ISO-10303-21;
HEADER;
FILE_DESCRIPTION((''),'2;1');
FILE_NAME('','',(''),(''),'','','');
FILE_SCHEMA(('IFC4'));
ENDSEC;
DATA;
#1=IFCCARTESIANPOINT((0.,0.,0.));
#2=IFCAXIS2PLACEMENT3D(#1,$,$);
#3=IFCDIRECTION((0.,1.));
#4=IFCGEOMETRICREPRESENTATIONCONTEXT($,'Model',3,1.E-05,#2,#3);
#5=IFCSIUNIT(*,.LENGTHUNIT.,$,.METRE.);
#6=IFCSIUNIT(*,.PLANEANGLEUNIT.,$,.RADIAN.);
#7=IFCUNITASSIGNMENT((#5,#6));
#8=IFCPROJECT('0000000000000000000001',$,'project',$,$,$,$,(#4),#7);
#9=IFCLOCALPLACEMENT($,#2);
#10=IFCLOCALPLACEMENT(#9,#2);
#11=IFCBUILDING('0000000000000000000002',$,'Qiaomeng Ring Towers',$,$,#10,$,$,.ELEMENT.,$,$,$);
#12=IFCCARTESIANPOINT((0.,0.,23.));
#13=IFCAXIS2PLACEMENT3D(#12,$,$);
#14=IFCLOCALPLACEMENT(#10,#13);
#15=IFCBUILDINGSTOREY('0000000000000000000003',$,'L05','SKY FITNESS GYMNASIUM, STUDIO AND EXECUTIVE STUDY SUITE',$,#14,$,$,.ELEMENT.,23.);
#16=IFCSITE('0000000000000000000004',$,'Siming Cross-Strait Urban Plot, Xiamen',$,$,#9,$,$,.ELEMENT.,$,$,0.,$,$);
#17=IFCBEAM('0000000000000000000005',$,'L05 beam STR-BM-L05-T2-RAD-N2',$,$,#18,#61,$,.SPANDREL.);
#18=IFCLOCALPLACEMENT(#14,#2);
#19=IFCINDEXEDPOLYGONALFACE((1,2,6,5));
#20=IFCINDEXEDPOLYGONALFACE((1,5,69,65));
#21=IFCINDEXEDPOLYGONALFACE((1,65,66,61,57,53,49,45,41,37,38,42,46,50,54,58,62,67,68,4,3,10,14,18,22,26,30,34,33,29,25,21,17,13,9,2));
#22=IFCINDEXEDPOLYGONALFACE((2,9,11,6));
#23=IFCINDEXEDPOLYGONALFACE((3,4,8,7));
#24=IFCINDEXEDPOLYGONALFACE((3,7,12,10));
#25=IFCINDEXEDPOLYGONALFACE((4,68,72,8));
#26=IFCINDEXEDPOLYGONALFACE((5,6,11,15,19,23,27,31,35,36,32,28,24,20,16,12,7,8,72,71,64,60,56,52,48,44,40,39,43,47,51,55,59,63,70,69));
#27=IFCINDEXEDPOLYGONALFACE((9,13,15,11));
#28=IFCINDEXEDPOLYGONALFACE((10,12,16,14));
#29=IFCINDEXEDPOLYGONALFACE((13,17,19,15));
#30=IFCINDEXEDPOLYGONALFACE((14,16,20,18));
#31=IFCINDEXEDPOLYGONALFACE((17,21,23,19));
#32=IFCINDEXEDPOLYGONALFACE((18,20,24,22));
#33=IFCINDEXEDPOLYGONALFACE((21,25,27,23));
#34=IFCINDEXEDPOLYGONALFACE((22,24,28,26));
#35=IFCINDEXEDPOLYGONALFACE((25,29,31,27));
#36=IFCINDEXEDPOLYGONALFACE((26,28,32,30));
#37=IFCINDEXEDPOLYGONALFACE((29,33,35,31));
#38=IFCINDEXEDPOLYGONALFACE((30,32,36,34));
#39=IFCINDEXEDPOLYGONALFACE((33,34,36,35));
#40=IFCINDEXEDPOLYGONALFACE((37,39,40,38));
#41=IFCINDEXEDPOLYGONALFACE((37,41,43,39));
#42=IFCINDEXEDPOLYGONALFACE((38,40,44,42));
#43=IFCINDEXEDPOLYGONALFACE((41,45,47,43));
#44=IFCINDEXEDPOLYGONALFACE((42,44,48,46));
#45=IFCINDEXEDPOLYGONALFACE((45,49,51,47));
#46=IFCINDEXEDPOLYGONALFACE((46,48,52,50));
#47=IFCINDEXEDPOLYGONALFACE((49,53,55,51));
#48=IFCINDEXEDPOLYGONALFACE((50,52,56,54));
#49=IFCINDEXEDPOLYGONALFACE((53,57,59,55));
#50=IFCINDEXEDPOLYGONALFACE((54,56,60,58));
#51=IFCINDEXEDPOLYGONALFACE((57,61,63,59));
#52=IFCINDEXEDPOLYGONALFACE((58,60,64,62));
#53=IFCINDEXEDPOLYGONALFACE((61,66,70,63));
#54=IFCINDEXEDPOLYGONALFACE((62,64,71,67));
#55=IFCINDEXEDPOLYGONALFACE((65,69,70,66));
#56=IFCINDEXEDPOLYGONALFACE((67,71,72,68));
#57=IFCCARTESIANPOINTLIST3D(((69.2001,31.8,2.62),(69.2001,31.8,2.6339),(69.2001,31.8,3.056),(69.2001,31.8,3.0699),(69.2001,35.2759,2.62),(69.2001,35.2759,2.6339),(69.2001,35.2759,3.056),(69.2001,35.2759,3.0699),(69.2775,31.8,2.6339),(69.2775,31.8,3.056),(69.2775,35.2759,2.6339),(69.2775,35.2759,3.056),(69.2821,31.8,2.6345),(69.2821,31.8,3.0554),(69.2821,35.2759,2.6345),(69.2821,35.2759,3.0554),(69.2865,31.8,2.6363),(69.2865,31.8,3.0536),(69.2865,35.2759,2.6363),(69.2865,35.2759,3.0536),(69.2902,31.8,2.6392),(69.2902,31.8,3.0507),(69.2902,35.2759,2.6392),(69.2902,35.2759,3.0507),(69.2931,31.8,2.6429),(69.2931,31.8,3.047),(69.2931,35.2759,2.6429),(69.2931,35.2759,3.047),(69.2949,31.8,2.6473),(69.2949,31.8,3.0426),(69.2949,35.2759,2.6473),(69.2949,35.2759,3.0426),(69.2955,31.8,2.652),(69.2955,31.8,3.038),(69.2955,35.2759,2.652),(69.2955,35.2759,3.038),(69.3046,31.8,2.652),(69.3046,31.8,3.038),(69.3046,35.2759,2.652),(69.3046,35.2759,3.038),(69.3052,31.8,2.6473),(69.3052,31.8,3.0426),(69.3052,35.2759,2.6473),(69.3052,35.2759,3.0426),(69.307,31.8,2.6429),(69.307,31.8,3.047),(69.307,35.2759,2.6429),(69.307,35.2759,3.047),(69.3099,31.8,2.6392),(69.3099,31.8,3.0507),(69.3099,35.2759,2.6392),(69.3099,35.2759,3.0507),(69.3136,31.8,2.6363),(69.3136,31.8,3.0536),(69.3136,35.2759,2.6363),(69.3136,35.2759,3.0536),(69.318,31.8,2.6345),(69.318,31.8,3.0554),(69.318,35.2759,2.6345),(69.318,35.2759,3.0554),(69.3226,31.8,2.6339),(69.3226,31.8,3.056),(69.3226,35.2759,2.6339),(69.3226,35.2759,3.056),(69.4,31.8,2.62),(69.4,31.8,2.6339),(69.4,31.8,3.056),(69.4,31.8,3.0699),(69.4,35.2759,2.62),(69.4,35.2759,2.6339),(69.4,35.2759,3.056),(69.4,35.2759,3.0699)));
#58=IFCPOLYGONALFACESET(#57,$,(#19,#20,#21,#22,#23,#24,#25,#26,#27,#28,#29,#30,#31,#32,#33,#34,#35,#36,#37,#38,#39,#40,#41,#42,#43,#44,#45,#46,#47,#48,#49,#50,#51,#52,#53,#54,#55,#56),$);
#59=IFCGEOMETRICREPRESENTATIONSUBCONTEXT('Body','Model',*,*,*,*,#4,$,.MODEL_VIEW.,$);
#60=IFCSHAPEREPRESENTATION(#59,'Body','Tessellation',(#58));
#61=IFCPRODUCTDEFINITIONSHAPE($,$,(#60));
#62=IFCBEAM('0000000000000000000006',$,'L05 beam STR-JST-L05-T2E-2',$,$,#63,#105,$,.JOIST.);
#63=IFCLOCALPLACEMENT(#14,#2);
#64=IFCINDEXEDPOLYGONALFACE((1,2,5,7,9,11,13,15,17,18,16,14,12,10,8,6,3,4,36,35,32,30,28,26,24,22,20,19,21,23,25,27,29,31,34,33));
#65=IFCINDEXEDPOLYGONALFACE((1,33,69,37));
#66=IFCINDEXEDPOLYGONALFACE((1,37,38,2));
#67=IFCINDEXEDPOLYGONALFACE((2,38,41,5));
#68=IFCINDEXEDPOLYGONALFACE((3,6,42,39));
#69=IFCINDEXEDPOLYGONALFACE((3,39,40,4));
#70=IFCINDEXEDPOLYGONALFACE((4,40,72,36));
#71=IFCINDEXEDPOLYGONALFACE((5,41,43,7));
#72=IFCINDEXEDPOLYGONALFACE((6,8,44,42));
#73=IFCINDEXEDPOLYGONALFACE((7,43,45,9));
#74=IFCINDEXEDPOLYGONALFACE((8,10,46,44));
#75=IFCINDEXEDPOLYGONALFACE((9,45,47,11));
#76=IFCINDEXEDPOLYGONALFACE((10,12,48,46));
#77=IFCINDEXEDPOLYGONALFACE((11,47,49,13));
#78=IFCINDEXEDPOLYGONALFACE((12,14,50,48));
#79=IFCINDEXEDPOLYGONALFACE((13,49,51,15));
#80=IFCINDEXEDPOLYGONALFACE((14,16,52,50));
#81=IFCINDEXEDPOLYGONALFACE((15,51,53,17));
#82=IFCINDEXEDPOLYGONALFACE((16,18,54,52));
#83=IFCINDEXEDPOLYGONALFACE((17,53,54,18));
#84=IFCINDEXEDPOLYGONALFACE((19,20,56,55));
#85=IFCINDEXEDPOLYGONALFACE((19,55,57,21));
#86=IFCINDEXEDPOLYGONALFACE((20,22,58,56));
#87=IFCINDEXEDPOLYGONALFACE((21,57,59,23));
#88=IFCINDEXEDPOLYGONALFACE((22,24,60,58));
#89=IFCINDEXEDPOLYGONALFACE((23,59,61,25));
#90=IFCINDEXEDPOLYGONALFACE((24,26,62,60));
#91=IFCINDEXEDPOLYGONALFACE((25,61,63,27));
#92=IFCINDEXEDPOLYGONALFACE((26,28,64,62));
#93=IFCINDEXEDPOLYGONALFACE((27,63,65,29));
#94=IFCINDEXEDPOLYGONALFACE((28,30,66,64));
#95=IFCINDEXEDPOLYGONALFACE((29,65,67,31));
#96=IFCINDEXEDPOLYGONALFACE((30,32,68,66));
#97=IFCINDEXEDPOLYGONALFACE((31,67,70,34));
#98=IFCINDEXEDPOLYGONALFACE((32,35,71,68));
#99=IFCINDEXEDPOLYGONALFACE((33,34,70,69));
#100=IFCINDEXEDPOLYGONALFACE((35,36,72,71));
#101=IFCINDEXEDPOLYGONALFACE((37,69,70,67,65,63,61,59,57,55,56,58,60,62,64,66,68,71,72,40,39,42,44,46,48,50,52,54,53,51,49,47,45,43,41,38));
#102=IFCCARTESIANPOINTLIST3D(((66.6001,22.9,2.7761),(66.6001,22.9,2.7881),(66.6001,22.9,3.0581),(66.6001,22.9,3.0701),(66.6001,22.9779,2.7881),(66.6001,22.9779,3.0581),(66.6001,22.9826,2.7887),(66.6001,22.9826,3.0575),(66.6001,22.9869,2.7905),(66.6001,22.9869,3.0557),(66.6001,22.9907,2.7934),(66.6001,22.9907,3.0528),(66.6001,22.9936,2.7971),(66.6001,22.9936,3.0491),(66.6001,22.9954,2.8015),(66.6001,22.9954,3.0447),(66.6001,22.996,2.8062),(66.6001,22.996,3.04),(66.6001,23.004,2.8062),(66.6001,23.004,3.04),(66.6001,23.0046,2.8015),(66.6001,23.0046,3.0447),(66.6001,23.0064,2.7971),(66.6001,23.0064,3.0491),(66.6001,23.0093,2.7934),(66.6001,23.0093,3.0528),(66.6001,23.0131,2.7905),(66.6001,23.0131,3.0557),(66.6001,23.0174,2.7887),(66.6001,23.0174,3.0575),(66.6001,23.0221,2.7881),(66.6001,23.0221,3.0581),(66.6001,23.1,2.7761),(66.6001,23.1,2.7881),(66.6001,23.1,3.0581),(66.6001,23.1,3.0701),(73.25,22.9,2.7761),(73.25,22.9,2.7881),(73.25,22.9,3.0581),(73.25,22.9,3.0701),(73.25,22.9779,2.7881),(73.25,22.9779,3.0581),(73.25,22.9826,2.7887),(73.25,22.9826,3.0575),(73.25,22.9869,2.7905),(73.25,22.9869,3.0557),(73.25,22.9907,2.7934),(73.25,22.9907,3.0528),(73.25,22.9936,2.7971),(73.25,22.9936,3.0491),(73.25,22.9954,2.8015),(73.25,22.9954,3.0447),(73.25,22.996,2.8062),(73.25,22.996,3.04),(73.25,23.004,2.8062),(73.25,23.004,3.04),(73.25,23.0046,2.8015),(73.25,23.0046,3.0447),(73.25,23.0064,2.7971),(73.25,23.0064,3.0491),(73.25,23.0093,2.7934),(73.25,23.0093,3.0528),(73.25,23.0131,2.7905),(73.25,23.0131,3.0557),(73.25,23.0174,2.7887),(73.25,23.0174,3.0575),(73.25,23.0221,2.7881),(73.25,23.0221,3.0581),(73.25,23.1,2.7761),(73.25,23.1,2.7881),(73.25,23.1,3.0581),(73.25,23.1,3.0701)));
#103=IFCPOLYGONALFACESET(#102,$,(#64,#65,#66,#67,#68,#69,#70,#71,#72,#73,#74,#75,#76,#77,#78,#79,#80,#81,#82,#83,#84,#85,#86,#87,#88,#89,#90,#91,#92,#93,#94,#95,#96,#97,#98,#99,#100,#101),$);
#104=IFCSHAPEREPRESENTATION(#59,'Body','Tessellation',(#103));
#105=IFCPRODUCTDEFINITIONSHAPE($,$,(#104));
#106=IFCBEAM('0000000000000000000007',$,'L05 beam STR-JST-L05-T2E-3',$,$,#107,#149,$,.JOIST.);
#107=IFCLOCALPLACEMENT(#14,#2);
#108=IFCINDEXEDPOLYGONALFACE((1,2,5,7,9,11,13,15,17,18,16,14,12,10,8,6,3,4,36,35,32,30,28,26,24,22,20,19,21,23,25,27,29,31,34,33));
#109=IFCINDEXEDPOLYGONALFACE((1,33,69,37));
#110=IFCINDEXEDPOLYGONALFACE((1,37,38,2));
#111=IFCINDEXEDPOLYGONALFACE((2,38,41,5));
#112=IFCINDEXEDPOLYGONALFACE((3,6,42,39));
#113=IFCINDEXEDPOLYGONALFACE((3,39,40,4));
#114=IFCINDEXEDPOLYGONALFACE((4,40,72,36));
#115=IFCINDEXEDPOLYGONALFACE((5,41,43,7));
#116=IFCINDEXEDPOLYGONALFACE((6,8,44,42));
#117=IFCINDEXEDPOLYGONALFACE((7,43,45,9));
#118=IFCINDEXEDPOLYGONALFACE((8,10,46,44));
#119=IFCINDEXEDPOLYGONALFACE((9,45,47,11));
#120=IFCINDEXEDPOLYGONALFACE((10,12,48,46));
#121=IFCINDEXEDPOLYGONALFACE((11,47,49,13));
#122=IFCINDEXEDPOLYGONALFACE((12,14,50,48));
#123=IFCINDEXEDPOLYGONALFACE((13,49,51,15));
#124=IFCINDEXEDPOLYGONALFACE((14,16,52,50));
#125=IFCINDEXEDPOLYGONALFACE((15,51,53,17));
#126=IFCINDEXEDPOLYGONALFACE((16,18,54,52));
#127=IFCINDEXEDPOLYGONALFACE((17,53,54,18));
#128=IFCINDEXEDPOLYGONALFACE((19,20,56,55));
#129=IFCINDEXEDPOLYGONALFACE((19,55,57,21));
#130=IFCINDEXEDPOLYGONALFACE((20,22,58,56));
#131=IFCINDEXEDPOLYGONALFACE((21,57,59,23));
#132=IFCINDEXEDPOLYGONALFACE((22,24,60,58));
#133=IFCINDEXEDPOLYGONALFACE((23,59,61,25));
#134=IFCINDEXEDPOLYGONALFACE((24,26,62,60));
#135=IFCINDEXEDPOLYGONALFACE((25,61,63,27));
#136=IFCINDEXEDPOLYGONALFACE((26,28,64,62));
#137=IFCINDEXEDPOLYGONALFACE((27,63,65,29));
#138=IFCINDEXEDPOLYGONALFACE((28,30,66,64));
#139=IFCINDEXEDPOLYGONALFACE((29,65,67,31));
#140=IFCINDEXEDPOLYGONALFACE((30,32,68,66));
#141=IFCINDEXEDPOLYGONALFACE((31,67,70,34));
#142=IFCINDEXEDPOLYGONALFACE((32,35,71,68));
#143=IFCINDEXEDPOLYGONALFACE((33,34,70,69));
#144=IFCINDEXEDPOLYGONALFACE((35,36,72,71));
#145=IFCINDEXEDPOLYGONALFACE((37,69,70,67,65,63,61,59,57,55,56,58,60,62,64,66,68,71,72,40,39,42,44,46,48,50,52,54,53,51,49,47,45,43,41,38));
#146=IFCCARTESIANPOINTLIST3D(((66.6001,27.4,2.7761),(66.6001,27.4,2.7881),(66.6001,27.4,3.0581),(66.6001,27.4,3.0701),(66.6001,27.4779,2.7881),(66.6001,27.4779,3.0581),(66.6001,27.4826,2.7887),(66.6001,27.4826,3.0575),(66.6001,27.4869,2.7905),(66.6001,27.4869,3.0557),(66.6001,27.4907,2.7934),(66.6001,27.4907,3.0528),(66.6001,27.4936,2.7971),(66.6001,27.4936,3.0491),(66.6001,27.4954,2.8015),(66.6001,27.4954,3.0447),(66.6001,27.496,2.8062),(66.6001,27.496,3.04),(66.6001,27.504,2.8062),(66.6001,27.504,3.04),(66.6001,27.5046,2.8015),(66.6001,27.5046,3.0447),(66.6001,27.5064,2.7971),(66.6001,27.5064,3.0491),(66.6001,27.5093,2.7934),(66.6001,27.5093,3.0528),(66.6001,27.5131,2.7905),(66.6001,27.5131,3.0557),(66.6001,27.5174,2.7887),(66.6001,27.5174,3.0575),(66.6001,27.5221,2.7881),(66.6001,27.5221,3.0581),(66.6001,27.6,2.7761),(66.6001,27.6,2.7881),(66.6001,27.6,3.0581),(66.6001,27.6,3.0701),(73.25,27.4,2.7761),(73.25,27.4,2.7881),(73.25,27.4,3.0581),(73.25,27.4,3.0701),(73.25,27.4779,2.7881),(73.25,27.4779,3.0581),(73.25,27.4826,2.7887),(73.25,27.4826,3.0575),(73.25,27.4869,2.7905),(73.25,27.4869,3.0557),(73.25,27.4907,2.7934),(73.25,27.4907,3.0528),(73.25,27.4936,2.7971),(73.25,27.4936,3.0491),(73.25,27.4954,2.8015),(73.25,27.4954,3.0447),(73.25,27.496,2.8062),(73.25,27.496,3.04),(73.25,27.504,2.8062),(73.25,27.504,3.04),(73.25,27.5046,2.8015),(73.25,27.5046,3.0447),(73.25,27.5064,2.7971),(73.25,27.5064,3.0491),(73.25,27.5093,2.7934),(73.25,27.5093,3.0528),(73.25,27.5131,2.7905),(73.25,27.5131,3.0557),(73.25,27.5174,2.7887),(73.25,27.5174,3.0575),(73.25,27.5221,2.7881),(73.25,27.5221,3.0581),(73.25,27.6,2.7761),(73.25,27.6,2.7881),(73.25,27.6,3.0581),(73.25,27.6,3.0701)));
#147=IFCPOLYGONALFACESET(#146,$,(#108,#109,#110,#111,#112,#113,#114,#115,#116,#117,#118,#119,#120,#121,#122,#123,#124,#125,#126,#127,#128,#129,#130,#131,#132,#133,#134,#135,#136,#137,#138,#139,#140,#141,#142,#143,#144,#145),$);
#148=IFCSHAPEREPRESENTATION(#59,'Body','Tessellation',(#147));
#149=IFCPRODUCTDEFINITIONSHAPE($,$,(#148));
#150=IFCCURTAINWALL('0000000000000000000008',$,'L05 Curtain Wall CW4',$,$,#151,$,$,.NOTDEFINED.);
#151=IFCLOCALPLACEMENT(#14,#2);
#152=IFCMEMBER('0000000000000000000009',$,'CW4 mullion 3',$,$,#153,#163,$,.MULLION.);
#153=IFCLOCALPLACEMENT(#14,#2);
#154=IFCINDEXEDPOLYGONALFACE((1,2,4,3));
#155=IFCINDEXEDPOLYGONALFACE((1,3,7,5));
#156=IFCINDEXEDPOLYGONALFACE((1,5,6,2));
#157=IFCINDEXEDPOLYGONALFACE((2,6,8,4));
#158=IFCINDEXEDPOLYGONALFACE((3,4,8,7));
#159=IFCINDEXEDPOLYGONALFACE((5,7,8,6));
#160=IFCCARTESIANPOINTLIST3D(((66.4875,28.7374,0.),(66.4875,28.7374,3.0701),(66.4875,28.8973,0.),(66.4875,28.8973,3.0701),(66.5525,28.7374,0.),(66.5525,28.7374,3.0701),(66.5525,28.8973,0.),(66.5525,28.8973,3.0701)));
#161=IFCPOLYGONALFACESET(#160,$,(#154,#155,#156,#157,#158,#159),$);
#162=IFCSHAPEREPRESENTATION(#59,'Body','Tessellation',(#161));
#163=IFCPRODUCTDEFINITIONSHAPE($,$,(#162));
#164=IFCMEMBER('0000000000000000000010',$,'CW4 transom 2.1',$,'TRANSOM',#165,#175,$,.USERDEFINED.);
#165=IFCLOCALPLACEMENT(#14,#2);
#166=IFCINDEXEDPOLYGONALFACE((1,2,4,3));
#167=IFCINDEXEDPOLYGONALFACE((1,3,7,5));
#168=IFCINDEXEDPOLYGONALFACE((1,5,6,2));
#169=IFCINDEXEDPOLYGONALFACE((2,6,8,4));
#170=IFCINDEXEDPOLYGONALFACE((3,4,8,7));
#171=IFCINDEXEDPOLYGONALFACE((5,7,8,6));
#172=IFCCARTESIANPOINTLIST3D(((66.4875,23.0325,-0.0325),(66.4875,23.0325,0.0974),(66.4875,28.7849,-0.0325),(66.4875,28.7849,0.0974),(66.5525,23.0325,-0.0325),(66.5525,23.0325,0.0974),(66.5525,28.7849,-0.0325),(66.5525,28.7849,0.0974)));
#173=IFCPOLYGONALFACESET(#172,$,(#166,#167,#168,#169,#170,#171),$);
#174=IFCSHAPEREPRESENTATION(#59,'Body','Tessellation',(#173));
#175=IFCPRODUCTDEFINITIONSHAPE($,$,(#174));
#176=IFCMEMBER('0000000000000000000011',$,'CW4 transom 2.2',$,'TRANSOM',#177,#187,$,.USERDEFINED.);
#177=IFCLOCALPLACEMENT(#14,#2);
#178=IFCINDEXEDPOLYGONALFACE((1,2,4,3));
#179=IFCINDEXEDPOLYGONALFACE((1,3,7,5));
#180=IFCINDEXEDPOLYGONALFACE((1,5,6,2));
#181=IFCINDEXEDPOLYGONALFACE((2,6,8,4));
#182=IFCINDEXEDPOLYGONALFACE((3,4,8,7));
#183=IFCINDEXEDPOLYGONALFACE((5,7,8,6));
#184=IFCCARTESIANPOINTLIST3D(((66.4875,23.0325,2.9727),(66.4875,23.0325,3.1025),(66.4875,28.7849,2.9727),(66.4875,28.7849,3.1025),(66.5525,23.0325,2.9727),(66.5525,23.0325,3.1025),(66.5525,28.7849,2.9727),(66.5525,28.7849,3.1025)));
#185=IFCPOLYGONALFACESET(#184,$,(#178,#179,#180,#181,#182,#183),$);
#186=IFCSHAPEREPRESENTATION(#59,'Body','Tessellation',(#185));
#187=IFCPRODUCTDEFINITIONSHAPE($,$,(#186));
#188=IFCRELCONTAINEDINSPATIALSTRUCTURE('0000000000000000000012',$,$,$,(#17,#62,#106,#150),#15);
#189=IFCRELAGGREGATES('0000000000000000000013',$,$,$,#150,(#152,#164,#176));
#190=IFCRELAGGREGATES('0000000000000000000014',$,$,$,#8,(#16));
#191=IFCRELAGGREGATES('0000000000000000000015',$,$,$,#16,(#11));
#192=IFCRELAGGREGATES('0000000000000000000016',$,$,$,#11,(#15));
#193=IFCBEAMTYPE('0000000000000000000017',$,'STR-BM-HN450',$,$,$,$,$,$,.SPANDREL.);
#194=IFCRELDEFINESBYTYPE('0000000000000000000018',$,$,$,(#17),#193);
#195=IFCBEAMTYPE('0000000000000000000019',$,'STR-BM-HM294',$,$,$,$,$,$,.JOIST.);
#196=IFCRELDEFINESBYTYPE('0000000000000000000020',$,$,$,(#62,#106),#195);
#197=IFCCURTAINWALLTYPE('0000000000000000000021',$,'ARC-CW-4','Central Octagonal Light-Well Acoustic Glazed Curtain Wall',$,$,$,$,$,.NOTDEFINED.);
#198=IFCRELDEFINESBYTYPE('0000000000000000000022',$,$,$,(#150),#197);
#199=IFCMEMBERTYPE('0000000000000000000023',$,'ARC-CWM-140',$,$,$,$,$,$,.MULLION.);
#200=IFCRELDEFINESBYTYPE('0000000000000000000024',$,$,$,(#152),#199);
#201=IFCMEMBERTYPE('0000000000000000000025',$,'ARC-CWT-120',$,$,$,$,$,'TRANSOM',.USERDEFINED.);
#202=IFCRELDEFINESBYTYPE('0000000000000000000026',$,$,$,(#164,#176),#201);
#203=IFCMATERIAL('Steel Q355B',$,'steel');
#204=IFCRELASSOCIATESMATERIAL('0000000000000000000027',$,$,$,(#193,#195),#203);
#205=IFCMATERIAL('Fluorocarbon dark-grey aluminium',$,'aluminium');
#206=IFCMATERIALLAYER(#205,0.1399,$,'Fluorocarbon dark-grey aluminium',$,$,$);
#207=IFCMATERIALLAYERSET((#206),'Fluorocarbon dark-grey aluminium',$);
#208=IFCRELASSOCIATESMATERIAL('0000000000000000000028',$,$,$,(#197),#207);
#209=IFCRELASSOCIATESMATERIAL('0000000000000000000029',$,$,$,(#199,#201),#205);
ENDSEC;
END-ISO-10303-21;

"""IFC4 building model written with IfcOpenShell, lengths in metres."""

from ifc_helpers import new_model, si_unit, direction, frame, origin, origin_2d, place, context, subcontext, project, spatial, rectangle, i_section, extrude, source, transform, mapped, material, layer, layer_set, material_profile, profile_set, type_object, element, aggregate, save


model = new_model("IFC4")

# Units and contexts
model_context = context("Model", 3, precision=1e-05, world=origin(), true_north=direction((0.0, 1.0)))
body_context = subcontext(model_context, "Body", "Model", "MODEL_VIEW")
ifc_project = project(units=[si_unit("LENGTHUNIT", "METRE"), si_unit("PLANEANGLEUNIT", "RADIAN")], contexts=[model_context])

# Site, building, storey
site_placement = place(None, origin())
site = spatial("IfcSite", under=ifc_project, at=site_placement, Name="Siming Cross-Strait Urban Plot, Xiamen", CompositionType="ELEMENT", RefElevation=0.0)
building_placement = place(site_placement, origin())
building = spatial("IfcBuilding", under=site, at=building_placement, Name="Qiaomeng Ring Towers", CompositionType="ELEMENT")
storey_placement = place(building_placement, frame((0.0, 0.0, 23.0)))
storey = spatial("IfcBuildingStorey", under=building, at=storey_placement, Name="L05", Description="SKY FITNESS GYMNASIUM, STUDIO AND EXECUTIVE STUDY SUITE", CompositionType="ELEMENT", Elevation=23.0)

# Beams
ifc_material_1 = material(Name="Steel Q355B", Category="steel")
ifc_material_profile_1 = material_profile(ifc_material_1, i_section(OverallWidth=0.2, OverallDepth=0.45, WebThickness=0.009, FlangeThickness=0.0139, FilletRadius=0.0181, at=origin_2d()), Name="HN 450x200x9x14")
ifc_profile_set_1 = profile_set([ifc_material_profile_1], Name="Steel Q355B")
beam_type_1 = type_object("IfcBeamType", Name="STR-BM-HN450", PredefinedType="SPANDREL", material=ifc_profile_set_1)
shared_shape_1 = source(origin(), body_context, "Body", "SweptSolid", [
    extrude(i_section(OverallWidth=0.2, OverallDepth=0.45, WebThickness=0.009, FlangeThickness=0.0139, FilletRadius=0.0181, at=origin_2d()), origin(), (0.0, 0.0, 1.0), 3.4758),
])
beam_1_placement = place(storey_placement, frame((69.3, 35.2759, 2.845), z_axis=(0.0, -1.0, 0.0), x_axis=(1.0, 0.0, 0.0)))
element("IfcBeam", 1, at=beam_1_placement, inside=storey, type_object=beam_type_1, Name="L05 beam STR-BM-L05-T2-RAD-N2", PredefinedType="SPANDREL", context=body_context, shape_type="MappedRepresentation", body=[
    mapped(shared_shape_1, transform((0.0, 0.0, 0.0), x_axis=(1.0, 0.0, 0.0), y_axis=(0.0, 1.0, 0.0), z_axis=(0.0, 0.0, 1.0), scale=1.0)),
])
ifc_material_profile_2 = material_profile(ifc_material_1, i_section(OverallWidth=0.2, OverallDepth=0.2939, WebThickness=0.0081, FlangeThickness=0.012, FilletRadius=0.0181, at=origin_2d()), Name="HM 294x200x8x12")
ifc_profile_set_2 = profile_set([ifc_material_profile_2], Name="Steel Q355B")
beam_type_2 = type_object("IfcBeamType", Name="STR-BM-HM294", PredefinedType="JOIST", material=ifc_profile_set_2)
shared_shape_2 = source(origin(), body_context, "Body", "SweptSolid", [
    extrude(i_section(OverallWidth=0.2, OverallDepth=0.2939, WebThickness=0.0081, FlangeThickness=0.012, FilletRadius=0.0181, at=origin_2d()), origin(), (0.0, 0.0, 1.0), 6.6499),
])
for number, where, z_axis, x_axis, name in (
    (2, (66.6001, 23.0, 2.9231), (1.0, 0.0, 0.0), (0.0, 1.0, 0.0), "L05 beam STR-JST-L05-T2E-2"),
    (3, (66.6001, 27.5, 2.9231), (1.0, 0.0, 0.0), (0.0, 1.0, 0.0), "L05 beam STR-JST-L05-T2E-3"),
):
    element("IfcBeam", number, at=place(storey_placement, frame(where, z_axis=z_axis, x_axis=x_axis)), inside=storey, type_object=beam_type_2, Name=name, PredefinedType="JOIST", context=body_context, shape_type="MappedRepresentation", body=[
        mapped(shared_shape_2, transform((0.0, 0.0, 0.0), x_axis=(1.0, 0.0, 0.0), y_axis=(0.0, 1.0, 0.0), z_axis=(0.0, 0.0, 1.0), scale=1.0)),
    ])

# Curtain wall, members
ifc_material_2 = material(Name="Fluorocarbon dark-grey aluminium", Category="aluminium")
ifc_layer_1 = layer(ifc_material_2, 0.1399, Name="Fluorocarbon dark-grey aluminium")
ifc_layer_set_1 = layer_set([ifc_layer_1], Name="Fluorocarbon dark-grey aluminium")
curtain_wall_type_1 = type_object("IfcCurtainWallType", Name="ARC-CW-4", Description="Central Octagonal Light-Well Acoustic Glazed Curtain Wall", PredefinedType="NOTDEFINED", material=ifc_layer_set_1)
curtain_wall_1_placement = place(storey_placement, origin())
curtain_wall_1 = element("IfcCurtainWall", 4, at=curtain_wall_1_placement, inside=storey, type_object=curtain_wall_type_1, Name="L05 Curtain Wall CW4", PredefinedType="NOTDEFINED")
ifc_material_profile_3 = material_profile(ifc_material_2, rectangle(XDim=0.0649, YDim=0.1599, at=origin_2d()), Name="ALU MULL 65x160")
ifc_profile_set_3 = profile_set([ifc_material_profile_3], Name="Fluorocarbon dark-grey aluminium")
member_type_1 = type_object("IfcMemberType", Name="ARC-CWM-140", PredefinedType="MULLION", material=ifc_profile_set_3)
shared_shape_3 = source(origin(), body_context, "Body", "SweptSolid", [
    extrude(rectangle(XDim=0.0649, YDim=0.1599, at=origin_2d()), origin(), (0.0, 0.0, 1.0), 3.0701),
])
member_1_placement = place(storey_placement, frame((66.52, 28.8174, 0.0), z_axis=(0.0, 0.0, 1.0), x_axis=(-1.0, 0.0, 0.0)))
member_1 = element("IfcMember", 5, at=member_1_placement, type_object=member_type_1, Name="CW4 mullion 3", PredefinedType="MULLION", context=body_context, shape_type="MappedRepresentation", body=[
    mapped(shared_shape_3, transform((0.0, 0.0, 0.0), x_axis=(1.0, 0.0, 0.0), y_axis=(0.0, 1.0, 0.0), z_axis=(0.0, 0.0, 1.0), scale=1.0)),
])
ifc_material_profile_4 = material_profile(ifc_material_2, rectangle(XDim=0.0649, YDim=0.1299, at=origin_2d()), Name="ALU TRAN 65x130")
ifc_profile_set_4 = profile_set([ifc_material_profile_4], Name="Fluorocarbon dark-grey aluminium")
member_type_2 = type_object("IfcMemberType", Name="ARC-CWT-120", ElementType="TRANSOM", PredefinedType="USERDEFINED", material=ifc_profile_set_4)
shared_shape_4 = source(origin(), body_context, "Body", "SweptSolid", [
    extrude(rectangle(XDim=0.0649, YDim=0.1299, at=origin_2d()), origin(), (0.0, 0.0, 1.0), 5.7524),
])
member_2_placement = place(storey_placement, frame((66.52, 23.0325, 0.0325), z_axis=(0.0, 1.0, 0.0), x_axis=(-1.0, 0.0, 0.0)))
member_2 = element("IfcMember", 6, at=member_2_placement, type_object=member_type_2, Name="CW4 transom 2.1", ObjectType="TRANSOM", PredefinedType="USERDEFINED", context=body_context, shape_type="MappedRepresentation", body=[
    mapped(shared_shape_4, transform((0.0, 0.0, 0.0), x_axis=(1.0, 0.0, 0.0), y_axis=(0.0, 1.0, 0.0), z_axis=(0.0, 0.0, 1.0), scale=1.0)),
])
member_3_placement = place(storey_placement, frame((66.52, 23.0325, 3.0376), z_axis=(0.0, 1.0, 0.0), x_axis=(-1.0, 0.0, 0.0)))
member_3 = element("IfcMember", 7, at=member_3_placement, type_object=member_type_2, Name="CW4 transom 2.2", ObjectType="TRANSOM", PredefinedType="USERDEFINED", context=body_context, shape_type="MappedRepresentation", body=[
    mapped(shared_shape_4, transform((0.0, 0.0, 0.0), x_axis=(1.0, 0.0, 0.0), y_axis=(0.0, 1.0, 0.0), z_axis=(0.0, 0.0, 1.0), scale=1.0)),
])

aggregate(curtain_wall_1, [member_1, member_2, member_3])

save(model, "model.ifc")
